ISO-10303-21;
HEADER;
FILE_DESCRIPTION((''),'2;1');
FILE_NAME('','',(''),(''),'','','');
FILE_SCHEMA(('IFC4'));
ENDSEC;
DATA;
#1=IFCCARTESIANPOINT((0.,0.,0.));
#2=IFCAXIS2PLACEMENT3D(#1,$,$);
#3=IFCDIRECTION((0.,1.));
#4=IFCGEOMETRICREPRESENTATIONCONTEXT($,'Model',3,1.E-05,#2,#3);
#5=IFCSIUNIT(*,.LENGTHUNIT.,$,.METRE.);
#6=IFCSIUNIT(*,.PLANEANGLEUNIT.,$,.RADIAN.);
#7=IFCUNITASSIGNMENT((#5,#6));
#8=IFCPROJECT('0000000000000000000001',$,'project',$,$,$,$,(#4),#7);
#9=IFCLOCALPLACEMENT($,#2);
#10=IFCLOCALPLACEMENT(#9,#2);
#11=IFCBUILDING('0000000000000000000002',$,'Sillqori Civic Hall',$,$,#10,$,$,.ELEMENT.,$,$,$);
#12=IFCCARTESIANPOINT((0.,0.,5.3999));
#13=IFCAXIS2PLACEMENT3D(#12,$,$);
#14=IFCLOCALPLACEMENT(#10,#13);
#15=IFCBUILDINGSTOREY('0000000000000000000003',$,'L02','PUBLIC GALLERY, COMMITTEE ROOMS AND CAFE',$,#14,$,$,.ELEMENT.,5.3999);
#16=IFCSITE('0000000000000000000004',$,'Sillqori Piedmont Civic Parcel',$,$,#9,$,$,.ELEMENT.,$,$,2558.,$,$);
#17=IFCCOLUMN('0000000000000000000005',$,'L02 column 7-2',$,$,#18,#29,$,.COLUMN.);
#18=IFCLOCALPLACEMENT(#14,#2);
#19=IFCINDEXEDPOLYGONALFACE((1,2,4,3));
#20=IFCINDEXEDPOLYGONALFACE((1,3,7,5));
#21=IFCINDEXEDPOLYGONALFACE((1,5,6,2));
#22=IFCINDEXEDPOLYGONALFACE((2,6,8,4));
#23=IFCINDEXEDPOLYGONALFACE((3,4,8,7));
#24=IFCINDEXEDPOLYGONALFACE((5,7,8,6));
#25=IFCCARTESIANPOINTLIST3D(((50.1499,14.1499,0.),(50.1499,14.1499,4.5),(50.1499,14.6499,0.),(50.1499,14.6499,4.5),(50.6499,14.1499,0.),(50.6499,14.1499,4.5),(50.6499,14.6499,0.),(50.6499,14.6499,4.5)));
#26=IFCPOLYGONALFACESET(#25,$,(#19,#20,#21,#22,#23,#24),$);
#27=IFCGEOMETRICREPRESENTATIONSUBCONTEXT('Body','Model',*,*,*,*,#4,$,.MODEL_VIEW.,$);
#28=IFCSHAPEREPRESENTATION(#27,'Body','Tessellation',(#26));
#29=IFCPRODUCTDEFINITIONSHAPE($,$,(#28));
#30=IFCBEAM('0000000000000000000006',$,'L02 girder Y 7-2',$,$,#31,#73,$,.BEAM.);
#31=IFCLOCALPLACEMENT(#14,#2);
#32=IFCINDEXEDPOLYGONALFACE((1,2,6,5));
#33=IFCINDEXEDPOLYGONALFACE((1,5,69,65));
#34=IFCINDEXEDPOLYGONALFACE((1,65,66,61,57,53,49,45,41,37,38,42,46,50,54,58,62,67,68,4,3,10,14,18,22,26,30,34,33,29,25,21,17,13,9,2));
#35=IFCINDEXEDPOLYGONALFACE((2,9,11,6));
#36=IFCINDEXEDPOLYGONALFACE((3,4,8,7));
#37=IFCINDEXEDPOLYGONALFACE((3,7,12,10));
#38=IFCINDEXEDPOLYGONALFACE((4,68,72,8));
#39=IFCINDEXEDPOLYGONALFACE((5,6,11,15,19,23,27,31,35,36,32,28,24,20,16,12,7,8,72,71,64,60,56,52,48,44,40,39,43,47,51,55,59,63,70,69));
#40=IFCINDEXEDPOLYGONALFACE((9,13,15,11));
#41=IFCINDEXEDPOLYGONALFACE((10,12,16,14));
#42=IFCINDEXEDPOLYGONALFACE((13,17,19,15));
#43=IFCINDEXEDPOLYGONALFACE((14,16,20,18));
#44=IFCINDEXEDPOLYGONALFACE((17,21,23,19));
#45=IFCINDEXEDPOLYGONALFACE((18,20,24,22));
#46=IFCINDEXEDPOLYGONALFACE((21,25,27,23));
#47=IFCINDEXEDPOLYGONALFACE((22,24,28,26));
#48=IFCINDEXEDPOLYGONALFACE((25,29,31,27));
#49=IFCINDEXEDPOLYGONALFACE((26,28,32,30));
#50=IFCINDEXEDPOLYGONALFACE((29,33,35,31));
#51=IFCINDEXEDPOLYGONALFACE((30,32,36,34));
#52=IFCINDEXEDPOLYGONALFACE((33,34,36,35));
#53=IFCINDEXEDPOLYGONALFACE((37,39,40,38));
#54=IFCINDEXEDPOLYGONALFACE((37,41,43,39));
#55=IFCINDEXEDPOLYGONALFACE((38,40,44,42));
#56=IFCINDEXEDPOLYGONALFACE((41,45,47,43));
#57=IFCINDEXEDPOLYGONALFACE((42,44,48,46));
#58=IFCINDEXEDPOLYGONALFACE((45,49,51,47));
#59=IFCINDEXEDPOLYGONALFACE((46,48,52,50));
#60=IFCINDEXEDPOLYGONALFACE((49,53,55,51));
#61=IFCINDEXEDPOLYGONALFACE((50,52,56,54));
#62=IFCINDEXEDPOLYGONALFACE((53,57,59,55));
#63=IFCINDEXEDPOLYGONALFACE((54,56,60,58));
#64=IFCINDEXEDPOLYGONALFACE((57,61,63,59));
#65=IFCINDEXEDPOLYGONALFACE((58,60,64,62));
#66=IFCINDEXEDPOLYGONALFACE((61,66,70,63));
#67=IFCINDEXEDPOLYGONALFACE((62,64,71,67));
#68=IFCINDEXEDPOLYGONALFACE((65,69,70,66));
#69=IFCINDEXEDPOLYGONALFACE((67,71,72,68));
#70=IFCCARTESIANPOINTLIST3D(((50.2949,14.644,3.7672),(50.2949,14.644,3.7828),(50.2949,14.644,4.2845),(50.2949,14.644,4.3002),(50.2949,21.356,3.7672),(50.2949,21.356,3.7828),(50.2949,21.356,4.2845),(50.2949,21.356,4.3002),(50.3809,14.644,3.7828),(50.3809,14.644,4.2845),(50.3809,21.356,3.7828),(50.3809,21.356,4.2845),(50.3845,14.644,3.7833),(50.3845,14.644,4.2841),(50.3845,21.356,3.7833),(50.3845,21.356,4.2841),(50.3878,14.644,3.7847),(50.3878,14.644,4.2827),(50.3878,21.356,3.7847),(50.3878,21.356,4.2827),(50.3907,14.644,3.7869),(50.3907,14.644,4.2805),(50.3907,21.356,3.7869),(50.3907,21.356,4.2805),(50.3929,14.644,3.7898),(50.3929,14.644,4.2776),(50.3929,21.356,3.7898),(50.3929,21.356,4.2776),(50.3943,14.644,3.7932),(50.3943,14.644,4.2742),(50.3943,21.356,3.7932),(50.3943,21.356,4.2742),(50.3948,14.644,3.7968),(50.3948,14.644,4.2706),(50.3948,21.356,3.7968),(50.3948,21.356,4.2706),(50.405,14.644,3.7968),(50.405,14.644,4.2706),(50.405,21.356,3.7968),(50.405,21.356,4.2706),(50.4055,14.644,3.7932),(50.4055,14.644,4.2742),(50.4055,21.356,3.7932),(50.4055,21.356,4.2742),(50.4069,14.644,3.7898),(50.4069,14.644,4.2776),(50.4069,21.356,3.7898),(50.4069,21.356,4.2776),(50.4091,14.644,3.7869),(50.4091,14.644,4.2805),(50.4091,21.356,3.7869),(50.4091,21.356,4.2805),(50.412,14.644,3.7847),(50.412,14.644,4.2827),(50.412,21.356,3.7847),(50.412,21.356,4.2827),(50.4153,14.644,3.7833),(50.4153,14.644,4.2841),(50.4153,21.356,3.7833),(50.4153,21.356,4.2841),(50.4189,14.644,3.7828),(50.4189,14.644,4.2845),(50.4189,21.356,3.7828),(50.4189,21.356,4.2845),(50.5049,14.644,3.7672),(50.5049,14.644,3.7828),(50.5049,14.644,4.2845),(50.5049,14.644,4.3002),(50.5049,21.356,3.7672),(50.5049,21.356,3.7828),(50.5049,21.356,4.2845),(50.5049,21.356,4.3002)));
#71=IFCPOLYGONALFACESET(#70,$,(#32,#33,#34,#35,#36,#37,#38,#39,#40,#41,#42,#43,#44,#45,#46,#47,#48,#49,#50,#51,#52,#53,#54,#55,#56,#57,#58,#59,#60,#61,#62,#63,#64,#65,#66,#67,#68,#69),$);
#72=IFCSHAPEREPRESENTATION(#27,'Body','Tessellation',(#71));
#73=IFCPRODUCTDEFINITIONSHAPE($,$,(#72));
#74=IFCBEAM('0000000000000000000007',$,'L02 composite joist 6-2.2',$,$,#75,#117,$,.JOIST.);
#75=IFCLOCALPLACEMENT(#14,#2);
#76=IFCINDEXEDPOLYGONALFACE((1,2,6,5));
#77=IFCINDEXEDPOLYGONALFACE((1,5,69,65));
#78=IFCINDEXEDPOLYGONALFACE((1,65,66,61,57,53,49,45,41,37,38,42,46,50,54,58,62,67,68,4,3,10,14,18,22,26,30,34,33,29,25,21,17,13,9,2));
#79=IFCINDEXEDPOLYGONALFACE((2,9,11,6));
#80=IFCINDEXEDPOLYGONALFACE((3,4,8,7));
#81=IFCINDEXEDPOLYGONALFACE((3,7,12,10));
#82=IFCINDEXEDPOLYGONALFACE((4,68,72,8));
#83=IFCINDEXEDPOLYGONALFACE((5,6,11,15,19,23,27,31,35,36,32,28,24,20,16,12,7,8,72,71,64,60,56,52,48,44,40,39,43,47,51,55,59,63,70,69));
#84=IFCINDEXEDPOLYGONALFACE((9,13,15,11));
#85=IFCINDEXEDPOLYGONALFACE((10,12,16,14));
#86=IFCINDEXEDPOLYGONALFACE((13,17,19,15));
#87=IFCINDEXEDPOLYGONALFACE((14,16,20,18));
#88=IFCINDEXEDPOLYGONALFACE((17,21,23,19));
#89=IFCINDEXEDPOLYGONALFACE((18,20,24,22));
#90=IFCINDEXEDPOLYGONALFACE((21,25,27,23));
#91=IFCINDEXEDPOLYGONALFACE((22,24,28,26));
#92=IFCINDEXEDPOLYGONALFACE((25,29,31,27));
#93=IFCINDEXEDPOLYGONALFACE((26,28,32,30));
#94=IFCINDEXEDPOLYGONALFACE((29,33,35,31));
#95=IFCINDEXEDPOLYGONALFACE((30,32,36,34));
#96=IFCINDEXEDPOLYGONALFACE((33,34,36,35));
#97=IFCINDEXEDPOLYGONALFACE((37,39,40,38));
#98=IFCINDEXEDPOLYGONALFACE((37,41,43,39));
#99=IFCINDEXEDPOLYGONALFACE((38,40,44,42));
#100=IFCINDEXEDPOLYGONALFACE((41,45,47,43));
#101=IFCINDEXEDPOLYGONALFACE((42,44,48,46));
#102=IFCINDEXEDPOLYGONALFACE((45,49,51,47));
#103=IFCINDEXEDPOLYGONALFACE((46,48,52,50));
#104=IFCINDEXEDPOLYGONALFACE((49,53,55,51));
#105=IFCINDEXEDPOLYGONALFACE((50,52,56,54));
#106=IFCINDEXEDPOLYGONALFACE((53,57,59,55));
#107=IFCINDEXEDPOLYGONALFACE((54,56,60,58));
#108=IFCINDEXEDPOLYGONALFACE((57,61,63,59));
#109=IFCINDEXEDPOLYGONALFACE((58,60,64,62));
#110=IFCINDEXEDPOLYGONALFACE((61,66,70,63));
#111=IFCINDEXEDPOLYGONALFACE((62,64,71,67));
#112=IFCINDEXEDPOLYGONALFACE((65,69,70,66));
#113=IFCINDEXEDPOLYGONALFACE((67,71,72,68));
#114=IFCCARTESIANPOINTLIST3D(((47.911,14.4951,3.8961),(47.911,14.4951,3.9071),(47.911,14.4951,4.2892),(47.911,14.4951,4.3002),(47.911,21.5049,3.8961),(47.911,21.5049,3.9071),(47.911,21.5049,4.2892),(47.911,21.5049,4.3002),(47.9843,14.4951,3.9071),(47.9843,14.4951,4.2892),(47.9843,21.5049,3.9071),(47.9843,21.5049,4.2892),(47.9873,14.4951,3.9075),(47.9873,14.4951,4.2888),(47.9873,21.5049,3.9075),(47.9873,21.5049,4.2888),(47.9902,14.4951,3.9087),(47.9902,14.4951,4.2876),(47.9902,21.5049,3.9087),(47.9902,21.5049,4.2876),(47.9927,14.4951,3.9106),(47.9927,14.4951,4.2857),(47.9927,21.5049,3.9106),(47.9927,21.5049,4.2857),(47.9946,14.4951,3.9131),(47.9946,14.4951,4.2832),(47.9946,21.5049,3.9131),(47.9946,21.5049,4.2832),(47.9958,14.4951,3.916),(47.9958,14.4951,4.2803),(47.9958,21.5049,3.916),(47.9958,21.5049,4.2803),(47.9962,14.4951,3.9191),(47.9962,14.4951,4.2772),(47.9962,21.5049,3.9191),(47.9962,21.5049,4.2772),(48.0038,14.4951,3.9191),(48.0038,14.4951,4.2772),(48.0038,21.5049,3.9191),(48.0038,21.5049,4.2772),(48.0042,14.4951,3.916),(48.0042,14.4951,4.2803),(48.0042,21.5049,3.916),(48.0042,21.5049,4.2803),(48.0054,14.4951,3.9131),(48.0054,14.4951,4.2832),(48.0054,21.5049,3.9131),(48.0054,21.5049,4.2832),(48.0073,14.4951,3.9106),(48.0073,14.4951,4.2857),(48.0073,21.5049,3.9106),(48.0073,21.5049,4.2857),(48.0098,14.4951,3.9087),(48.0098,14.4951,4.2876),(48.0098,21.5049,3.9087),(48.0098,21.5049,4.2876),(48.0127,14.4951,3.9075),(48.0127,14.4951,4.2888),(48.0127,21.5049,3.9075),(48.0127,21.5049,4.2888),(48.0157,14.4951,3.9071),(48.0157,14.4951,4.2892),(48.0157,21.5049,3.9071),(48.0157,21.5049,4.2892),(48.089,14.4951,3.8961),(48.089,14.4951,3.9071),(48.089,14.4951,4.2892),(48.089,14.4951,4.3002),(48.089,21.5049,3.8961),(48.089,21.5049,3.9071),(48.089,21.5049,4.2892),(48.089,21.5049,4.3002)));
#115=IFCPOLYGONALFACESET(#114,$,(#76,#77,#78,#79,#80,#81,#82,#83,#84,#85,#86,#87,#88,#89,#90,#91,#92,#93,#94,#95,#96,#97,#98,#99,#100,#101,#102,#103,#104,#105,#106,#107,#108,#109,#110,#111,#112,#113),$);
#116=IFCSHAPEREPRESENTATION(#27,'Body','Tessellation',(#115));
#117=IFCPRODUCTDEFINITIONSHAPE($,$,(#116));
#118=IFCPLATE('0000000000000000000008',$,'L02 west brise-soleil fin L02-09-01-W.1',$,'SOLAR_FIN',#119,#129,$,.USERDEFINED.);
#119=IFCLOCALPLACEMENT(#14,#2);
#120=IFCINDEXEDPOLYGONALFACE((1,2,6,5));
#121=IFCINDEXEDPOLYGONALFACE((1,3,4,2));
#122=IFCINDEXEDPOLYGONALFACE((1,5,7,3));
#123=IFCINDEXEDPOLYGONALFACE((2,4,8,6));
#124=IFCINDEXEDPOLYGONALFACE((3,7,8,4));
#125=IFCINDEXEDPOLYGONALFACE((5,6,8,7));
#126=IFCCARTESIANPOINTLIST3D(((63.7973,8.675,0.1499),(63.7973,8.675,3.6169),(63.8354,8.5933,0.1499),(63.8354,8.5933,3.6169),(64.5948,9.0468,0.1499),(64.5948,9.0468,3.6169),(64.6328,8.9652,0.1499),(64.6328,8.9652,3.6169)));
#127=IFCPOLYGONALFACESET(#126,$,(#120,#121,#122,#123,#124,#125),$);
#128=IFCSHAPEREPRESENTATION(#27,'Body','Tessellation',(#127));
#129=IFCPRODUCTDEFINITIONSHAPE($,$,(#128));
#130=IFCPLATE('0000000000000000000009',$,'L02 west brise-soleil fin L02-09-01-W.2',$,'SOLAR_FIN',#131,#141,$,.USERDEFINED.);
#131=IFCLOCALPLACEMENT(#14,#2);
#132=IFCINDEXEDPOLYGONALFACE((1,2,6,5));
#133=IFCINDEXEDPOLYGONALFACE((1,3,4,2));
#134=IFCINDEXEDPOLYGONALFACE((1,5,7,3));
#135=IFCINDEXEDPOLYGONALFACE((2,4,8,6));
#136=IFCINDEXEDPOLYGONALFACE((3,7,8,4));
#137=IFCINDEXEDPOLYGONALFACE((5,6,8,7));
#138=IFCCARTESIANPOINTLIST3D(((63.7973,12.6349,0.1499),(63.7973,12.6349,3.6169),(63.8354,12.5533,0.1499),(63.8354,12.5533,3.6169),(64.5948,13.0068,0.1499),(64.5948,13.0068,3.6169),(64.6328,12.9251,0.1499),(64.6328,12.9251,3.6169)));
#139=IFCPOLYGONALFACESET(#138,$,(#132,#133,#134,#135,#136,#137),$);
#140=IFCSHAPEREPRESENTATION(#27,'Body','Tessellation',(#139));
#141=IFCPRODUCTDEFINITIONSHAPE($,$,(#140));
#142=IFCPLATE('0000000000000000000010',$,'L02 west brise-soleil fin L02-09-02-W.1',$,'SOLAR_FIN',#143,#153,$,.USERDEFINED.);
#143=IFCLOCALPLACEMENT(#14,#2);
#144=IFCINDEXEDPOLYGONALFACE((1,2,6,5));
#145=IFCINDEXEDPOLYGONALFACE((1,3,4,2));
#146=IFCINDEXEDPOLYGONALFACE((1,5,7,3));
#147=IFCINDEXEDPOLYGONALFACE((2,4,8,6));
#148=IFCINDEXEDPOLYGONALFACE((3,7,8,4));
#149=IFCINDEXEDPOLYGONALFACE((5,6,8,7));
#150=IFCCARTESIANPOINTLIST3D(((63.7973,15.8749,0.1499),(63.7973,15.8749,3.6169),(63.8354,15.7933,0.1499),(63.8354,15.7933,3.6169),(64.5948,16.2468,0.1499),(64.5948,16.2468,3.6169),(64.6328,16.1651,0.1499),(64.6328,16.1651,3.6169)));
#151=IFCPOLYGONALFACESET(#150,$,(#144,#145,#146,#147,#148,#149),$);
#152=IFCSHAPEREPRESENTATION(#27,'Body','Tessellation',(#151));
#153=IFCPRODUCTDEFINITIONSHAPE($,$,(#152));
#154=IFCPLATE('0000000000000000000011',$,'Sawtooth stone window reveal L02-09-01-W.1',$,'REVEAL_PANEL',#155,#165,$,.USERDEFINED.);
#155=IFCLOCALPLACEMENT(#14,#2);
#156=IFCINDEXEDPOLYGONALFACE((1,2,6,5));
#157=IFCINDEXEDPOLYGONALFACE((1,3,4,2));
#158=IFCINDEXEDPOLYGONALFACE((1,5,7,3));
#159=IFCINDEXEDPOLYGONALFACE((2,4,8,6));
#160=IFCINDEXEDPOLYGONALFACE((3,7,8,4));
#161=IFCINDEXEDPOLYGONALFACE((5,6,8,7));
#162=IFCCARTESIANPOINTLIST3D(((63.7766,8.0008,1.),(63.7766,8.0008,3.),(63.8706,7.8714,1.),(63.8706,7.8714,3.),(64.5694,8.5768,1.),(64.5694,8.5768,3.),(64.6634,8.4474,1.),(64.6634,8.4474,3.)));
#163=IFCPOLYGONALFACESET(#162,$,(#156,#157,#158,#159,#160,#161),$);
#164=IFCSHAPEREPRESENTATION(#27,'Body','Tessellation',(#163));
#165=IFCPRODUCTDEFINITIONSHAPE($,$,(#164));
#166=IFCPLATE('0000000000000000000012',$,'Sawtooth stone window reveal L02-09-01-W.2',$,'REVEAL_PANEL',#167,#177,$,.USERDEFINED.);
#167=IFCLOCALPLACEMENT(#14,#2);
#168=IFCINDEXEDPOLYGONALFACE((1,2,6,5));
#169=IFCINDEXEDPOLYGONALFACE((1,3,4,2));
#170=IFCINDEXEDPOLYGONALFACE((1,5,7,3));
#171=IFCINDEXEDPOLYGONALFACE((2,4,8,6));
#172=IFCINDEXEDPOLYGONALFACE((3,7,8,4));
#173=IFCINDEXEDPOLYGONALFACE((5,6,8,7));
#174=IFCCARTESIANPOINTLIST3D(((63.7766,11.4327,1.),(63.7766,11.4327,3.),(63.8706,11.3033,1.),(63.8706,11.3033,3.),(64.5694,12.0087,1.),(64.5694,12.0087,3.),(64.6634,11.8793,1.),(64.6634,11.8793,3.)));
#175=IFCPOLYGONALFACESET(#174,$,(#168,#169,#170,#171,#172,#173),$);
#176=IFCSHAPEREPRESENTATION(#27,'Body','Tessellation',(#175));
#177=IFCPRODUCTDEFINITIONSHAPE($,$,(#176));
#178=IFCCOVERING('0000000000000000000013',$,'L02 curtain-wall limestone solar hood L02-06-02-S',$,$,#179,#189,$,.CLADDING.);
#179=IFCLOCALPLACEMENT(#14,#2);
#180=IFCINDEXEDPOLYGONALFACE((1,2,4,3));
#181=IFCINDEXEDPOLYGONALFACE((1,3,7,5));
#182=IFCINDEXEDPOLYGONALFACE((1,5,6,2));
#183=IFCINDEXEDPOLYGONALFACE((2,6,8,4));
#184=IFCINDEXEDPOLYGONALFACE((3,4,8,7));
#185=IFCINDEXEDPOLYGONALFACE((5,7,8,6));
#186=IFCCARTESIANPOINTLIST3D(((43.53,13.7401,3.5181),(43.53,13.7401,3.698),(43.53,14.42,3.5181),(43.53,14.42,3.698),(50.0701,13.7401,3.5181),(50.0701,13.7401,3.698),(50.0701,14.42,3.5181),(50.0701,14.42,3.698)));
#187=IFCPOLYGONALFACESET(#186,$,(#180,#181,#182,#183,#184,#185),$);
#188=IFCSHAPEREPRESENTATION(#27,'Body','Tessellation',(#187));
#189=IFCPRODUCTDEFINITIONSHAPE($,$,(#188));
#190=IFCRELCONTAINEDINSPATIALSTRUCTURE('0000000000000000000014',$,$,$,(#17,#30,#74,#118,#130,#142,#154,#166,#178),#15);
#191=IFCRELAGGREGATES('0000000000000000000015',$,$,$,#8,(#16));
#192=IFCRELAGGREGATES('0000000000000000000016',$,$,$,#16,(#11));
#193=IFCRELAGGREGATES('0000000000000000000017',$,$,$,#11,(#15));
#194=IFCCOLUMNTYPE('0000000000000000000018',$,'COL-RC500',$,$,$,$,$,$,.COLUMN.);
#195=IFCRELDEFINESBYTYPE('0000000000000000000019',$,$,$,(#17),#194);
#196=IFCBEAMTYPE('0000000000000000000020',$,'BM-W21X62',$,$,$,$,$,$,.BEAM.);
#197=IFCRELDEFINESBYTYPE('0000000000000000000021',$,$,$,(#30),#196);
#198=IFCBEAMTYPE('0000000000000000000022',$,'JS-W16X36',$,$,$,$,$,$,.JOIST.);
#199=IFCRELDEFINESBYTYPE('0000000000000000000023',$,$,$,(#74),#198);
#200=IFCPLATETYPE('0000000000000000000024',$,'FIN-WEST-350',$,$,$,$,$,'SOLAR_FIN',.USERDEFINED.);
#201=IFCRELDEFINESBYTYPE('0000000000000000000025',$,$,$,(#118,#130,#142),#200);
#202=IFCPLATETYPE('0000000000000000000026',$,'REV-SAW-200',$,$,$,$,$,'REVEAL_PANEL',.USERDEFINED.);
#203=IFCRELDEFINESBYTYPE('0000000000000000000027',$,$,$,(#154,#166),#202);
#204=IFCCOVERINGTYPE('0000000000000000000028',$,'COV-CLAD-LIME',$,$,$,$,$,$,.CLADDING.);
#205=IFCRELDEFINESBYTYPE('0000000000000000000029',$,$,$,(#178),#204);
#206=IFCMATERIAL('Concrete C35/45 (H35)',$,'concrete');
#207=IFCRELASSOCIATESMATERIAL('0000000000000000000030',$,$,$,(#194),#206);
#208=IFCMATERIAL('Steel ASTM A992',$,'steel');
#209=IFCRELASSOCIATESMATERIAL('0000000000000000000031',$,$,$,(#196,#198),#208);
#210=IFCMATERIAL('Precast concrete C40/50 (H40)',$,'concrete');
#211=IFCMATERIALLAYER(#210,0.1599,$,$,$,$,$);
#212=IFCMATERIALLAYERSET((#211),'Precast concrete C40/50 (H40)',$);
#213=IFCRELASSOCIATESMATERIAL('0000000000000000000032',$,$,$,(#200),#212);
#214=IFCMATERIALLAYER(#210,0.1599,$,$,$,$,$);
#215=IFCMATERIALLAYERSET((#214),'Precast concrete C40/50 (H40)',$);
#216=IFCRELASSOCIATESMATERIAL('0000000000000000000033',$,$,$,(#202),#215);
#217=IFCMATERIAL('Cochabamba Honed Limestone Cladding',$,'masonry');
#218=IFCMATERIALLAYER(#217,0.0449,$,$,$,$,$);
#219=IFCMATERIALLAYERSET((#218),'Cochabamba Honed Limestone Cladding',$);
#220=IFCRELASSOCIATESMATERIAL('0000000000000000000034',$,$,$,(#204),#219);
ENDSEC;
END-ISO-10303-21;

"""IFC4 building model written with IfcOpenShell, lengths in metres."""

from ifc_helpers import new_model, si_unit, direction, frame, frame_2d, origin, origin_2d, place, context, subcontext, project, spatial, rectangle, i_section, extrude, material, layer, layer_set, material_profile, profile_set, type_object, element, save


model = new_model("IFC4")

# Units and contexts
model_context = context("Model", 3, precision=1e-05, world=origin(), true_north=direction((0.0, 1.0)))
body_context = subcontext(model_context, "Body", "Model", "MODEL_VIEW")
ifc_project = project(units=[si_unit("LENGTHUNIT", "METRE"), si_unit("PLANEANGLEUNIT", "RADIAN")], contexts=[model_context])

# Site, building, storey
site_placement = place(None, origin())
site = spatial("IfcSite", under=ifc_project, at=site_placement, Name="Sillqori Piedmont Civic Parcel", CompositionType="ELEMENT", RefElevation=2558.0)
building_placement = place(site_placement, origin())
building = spatial("IfcBuilding", under=site, at=building_placement, Name="Sillqori Civic Hall", CompositionType="ELEMENT")
storey_placement = place(building_placement, frame((0.0, 0.0, 5.3999)))
storey = spatial("IfcBuildingStorey", under=building, at=storey_placement, Name="L02", Description="PUBLIC GALLERY, COMMITTEE ROOMS AND CAFE", CompositionType="ELEMENT", Elevation=5.3999)

# Column
ifc_material_1 = material(Name="Concrete C35/45 (H35)", Category="concrete")
ifc_material_profile_1 = material_profile(ifc_material_1, rectangle(XDim=0.5, YDim=0.5, at=origin_2d()), Name="RC 500x500")
ifc_profile_set_1 = profile_set([ifc_material_profile_1], Name="Concrete C35/45 (H35)")
column_type = type_object("IfcColumnType", Name="COL-RC500", PredefinedType="COLUMN", material=ifc_profile_set_1)
column_placement = place(storey_placement, frame((50.3999, 14.3999, 0.0), z_axis=(0.0, 0.0, 1.0), x_axis=(1.0, 0.0, 0.0)))
element("IfcColumn", 1, at=column_placement, inside=storey, type_object=column_type, Name="L02 column 7-2", PredefinedType="COLUMN", context=body_context, shape_type="SweptSolid", body=[
    extrude(rectangle(XDim=0.5, YDim=0.5, at=origin_2d()), origin(), (0.0, 0.0, 1.0), 4.5),
])

# Beams
ifc_material_2 = material(Name="Steel ASTM A992", Category="steel")
ifc_material_profile_2 = material_profile(ifc_material_2, i_section(OverallWidth=0.21, OverallDepth=0.533, WebThickness=0.0103, FlangeThickness=0.0156, FilletRadius=0.0139, at=origin_2d()), Name="W21X62")
ifc_profile_set_2 = profile_set([ifc_material_profile_2], Name="Steel ASTM A992")
beam_type_1 = type_object("IfcBeamType", Name="BM-W21X62", PredefinedType="BEAM", material=ifc_profile_set_2)
beam_1_placement = place(storey_placement, frame((50.3999, 14.644, 4.0337), z_axis=(0.0, 1.0, 0.0), x_axis=(-1.0, 0.0, 0.0)))
element("IfcBeam", 2, at=beam_1_placement, inside=storey, type_object=beam_type_1, Name="L02 girder Y 7-2", PredefinedType="BEAM", context=body_context, shape_type="SweptSolid", body=[
    extrude(i_section(OverallWidth=0.21, OverallDepth=0.533, WebThickness=0.0103, FlangeThickness=0.0156, FilletRadius=0.0139, at=origin_2d()), origin(), (0.0, 0.0, 1.0), 6.7119),
])
ifc_material_profile_3 = material_profile(ifc_material_2, i_section(OverallWidth=0.178, OverallDepth=0.4041, WebThickness=0.0076, FlangeThickness=0.011, FilletRadius=0.012, at=origin_2d()), Name="W16X36")
ifc_profile_set_3 = profile_set([ifc_material_profile_3], Name="Steel ASTM A992")
beam_type_2 = type_object("IfcBeamType", Name="JS-W16X36", PredefinedType="JOIST", material=ifc_profile_set_3)
beam_2_placement = place(storey_placement, frame((48.0, 14.4951, 4.0981), z_axis=(0.0, 1.0, 0.0), x_axis=(-1.0, 0.0, 0.0)))
element("IfcBeam", 3, at=beam_2_placement, inside=storey, type_object=beam_type_2, Name="L02 composite joist 6-2.2", PredefinedType="JOIST", context=body_context, shape_type="SweptSolid", body=[
    extrude(i_section(OverallWidth=0.178, OverallDepth=0.4041, WebThickness=0.0076, FlangeThickness=0.011, FilletRadius=0.012, at=origin_2d()), origin(), (0.0, 0.0, 1.0), 7.0098),
])

# Plates
ifc_material_3 = material(Name="Precast concrete C40/50 (H40)", Category="concrete")
ifc_layer_1 = layer(ifc_material_3, 0.1599)
ifc_layer_set_1 = layer_set([ifc_layer_1], Name="Precast concrete C40/50 (H40)")
plate_type_1 = type_object("IfcPlateType", Name="FIN-WEST-350", ElementType="SOLAR_FIN", PredefinedType="USERDEFINED", material=ifc_layer_set_1)
for number, where, z_axis, x_axis, name in (
    (4, (64.2151, 8.8201, 0.1499), (0.0, 0.0, 1.0), (-0.422618, 0.906308, 0.0), "L02 west brise-soleil fin L02-09-01-W.1"),
    (5, (64.2151, 12.78, 0.1499), (0.0, 0.0, 1.0), (-0.422618, 0.906308, 0.0), "L02 west brise-soleil fin L02-09-01-W.2"),
    (6, (64.2151, 16.02, 0.1499), (0.0, 0.0, 1.0), (-0.422618, 0.906308, 0.0), "L02 west brise-soleil fin L02-09-02-W.1"),
):
    element("IfcPlate", number, at=place(storey_placement, frame(where, z_axis=z_axis, x_axis=x_axis)), inside=storey, type_object=plate_type_1, Name=name, ObjectType="SOLAR_FIN", PredefinedType="USERDEFINED", context=body_context, shape_type="SweptSolid", body=[
        extrude(rectangle(XDim=0.0901, YDim=0.8799, at=origin_2d()), origin(), (0.0, 0.0, 1.0), 3.467),
    ])
ifc_layer_2 = layer(ifc_material_3, 0.1599)
ifc_layer_set_2 = layer_set([ifc_layer_2], Name="Precast concrete C40/50 (H40)")
plate_type_2 = type_object("IfcPlateType", Name="REV-SAW-200", ElementType="REVEAL_PANEL", PredefinedType="USERDEFINED", material=ifc_layer_set_2)
for number, where, z_axis, x_axis, name in (
    (7, (64.22, 8.2241, 1.0), (0.0, 0.0, 1.0), (-0.587785, 0.809017, 0.0), "Sawtooth stone window reveal L02-09-01-W.1"),
    (8, (64.22, 11.656, 1.0), (0.0, 0.0, 1.0), (-0.587785, 0.809017, 0.0), "Sawtooth stone window reveal L02-09-01-W.2"),
):
    element("IfcPlate", number, at=place(storey_placement, frame(where, z_axis=z_axis, x_axis=x_axis)), inside=storey, type_object=plate_type_2, Name=name, ObjectType="REVEAL_PANEL", PredefinedType="USERDEFINED", context=body_context, shape_type="SweptSolid", body=[
        extrude(rectangle(XDim=0.1599, YDim=0.98, at=origin_2d()), origin(), (0.0, 0.0, 1.0), 2.0),
    ])

# Covering
ifc_material_4 = material(Name="Cochabamba Honed Limestone Cladding", Category="masonry")
ifc_layer_3 = layer(ifc_material_4, 0.0449)
ifc_layer_set_3 = layer_set([ifc_layer_3], Name="Cochabamba Honed Limestone Cladding")
covering_type = type_object("IfcCoveringType", Name="COV-CLAD-LIME", PredefinedType="CLADDING", material=ifc_layer_set_3)
covering_1_placement = place(storey_placement, frame((50.0701, 14.0801, 3.5181), z_axis=(0.0, 0.0, 1.0), x_axis=(-1.0, 0.0, 0.0)))
element("IfcCovering", 9, at=covering_1_placement, inside=storey, type_object=covering_type, Name="L02 curtain-wall limestone solar hood L02-06-02-S", PredefinedType="CLADDING", context=body_context, shape_type="SweptSolid", body=[
    extrude(rectangle(XDim=6.54, YDim=0.6799, at=frame_2d((3.27, 0.0))), origin(), (0.0, 0.0, 1.0), 0.1799),
])

save(model, "model.ifc")
